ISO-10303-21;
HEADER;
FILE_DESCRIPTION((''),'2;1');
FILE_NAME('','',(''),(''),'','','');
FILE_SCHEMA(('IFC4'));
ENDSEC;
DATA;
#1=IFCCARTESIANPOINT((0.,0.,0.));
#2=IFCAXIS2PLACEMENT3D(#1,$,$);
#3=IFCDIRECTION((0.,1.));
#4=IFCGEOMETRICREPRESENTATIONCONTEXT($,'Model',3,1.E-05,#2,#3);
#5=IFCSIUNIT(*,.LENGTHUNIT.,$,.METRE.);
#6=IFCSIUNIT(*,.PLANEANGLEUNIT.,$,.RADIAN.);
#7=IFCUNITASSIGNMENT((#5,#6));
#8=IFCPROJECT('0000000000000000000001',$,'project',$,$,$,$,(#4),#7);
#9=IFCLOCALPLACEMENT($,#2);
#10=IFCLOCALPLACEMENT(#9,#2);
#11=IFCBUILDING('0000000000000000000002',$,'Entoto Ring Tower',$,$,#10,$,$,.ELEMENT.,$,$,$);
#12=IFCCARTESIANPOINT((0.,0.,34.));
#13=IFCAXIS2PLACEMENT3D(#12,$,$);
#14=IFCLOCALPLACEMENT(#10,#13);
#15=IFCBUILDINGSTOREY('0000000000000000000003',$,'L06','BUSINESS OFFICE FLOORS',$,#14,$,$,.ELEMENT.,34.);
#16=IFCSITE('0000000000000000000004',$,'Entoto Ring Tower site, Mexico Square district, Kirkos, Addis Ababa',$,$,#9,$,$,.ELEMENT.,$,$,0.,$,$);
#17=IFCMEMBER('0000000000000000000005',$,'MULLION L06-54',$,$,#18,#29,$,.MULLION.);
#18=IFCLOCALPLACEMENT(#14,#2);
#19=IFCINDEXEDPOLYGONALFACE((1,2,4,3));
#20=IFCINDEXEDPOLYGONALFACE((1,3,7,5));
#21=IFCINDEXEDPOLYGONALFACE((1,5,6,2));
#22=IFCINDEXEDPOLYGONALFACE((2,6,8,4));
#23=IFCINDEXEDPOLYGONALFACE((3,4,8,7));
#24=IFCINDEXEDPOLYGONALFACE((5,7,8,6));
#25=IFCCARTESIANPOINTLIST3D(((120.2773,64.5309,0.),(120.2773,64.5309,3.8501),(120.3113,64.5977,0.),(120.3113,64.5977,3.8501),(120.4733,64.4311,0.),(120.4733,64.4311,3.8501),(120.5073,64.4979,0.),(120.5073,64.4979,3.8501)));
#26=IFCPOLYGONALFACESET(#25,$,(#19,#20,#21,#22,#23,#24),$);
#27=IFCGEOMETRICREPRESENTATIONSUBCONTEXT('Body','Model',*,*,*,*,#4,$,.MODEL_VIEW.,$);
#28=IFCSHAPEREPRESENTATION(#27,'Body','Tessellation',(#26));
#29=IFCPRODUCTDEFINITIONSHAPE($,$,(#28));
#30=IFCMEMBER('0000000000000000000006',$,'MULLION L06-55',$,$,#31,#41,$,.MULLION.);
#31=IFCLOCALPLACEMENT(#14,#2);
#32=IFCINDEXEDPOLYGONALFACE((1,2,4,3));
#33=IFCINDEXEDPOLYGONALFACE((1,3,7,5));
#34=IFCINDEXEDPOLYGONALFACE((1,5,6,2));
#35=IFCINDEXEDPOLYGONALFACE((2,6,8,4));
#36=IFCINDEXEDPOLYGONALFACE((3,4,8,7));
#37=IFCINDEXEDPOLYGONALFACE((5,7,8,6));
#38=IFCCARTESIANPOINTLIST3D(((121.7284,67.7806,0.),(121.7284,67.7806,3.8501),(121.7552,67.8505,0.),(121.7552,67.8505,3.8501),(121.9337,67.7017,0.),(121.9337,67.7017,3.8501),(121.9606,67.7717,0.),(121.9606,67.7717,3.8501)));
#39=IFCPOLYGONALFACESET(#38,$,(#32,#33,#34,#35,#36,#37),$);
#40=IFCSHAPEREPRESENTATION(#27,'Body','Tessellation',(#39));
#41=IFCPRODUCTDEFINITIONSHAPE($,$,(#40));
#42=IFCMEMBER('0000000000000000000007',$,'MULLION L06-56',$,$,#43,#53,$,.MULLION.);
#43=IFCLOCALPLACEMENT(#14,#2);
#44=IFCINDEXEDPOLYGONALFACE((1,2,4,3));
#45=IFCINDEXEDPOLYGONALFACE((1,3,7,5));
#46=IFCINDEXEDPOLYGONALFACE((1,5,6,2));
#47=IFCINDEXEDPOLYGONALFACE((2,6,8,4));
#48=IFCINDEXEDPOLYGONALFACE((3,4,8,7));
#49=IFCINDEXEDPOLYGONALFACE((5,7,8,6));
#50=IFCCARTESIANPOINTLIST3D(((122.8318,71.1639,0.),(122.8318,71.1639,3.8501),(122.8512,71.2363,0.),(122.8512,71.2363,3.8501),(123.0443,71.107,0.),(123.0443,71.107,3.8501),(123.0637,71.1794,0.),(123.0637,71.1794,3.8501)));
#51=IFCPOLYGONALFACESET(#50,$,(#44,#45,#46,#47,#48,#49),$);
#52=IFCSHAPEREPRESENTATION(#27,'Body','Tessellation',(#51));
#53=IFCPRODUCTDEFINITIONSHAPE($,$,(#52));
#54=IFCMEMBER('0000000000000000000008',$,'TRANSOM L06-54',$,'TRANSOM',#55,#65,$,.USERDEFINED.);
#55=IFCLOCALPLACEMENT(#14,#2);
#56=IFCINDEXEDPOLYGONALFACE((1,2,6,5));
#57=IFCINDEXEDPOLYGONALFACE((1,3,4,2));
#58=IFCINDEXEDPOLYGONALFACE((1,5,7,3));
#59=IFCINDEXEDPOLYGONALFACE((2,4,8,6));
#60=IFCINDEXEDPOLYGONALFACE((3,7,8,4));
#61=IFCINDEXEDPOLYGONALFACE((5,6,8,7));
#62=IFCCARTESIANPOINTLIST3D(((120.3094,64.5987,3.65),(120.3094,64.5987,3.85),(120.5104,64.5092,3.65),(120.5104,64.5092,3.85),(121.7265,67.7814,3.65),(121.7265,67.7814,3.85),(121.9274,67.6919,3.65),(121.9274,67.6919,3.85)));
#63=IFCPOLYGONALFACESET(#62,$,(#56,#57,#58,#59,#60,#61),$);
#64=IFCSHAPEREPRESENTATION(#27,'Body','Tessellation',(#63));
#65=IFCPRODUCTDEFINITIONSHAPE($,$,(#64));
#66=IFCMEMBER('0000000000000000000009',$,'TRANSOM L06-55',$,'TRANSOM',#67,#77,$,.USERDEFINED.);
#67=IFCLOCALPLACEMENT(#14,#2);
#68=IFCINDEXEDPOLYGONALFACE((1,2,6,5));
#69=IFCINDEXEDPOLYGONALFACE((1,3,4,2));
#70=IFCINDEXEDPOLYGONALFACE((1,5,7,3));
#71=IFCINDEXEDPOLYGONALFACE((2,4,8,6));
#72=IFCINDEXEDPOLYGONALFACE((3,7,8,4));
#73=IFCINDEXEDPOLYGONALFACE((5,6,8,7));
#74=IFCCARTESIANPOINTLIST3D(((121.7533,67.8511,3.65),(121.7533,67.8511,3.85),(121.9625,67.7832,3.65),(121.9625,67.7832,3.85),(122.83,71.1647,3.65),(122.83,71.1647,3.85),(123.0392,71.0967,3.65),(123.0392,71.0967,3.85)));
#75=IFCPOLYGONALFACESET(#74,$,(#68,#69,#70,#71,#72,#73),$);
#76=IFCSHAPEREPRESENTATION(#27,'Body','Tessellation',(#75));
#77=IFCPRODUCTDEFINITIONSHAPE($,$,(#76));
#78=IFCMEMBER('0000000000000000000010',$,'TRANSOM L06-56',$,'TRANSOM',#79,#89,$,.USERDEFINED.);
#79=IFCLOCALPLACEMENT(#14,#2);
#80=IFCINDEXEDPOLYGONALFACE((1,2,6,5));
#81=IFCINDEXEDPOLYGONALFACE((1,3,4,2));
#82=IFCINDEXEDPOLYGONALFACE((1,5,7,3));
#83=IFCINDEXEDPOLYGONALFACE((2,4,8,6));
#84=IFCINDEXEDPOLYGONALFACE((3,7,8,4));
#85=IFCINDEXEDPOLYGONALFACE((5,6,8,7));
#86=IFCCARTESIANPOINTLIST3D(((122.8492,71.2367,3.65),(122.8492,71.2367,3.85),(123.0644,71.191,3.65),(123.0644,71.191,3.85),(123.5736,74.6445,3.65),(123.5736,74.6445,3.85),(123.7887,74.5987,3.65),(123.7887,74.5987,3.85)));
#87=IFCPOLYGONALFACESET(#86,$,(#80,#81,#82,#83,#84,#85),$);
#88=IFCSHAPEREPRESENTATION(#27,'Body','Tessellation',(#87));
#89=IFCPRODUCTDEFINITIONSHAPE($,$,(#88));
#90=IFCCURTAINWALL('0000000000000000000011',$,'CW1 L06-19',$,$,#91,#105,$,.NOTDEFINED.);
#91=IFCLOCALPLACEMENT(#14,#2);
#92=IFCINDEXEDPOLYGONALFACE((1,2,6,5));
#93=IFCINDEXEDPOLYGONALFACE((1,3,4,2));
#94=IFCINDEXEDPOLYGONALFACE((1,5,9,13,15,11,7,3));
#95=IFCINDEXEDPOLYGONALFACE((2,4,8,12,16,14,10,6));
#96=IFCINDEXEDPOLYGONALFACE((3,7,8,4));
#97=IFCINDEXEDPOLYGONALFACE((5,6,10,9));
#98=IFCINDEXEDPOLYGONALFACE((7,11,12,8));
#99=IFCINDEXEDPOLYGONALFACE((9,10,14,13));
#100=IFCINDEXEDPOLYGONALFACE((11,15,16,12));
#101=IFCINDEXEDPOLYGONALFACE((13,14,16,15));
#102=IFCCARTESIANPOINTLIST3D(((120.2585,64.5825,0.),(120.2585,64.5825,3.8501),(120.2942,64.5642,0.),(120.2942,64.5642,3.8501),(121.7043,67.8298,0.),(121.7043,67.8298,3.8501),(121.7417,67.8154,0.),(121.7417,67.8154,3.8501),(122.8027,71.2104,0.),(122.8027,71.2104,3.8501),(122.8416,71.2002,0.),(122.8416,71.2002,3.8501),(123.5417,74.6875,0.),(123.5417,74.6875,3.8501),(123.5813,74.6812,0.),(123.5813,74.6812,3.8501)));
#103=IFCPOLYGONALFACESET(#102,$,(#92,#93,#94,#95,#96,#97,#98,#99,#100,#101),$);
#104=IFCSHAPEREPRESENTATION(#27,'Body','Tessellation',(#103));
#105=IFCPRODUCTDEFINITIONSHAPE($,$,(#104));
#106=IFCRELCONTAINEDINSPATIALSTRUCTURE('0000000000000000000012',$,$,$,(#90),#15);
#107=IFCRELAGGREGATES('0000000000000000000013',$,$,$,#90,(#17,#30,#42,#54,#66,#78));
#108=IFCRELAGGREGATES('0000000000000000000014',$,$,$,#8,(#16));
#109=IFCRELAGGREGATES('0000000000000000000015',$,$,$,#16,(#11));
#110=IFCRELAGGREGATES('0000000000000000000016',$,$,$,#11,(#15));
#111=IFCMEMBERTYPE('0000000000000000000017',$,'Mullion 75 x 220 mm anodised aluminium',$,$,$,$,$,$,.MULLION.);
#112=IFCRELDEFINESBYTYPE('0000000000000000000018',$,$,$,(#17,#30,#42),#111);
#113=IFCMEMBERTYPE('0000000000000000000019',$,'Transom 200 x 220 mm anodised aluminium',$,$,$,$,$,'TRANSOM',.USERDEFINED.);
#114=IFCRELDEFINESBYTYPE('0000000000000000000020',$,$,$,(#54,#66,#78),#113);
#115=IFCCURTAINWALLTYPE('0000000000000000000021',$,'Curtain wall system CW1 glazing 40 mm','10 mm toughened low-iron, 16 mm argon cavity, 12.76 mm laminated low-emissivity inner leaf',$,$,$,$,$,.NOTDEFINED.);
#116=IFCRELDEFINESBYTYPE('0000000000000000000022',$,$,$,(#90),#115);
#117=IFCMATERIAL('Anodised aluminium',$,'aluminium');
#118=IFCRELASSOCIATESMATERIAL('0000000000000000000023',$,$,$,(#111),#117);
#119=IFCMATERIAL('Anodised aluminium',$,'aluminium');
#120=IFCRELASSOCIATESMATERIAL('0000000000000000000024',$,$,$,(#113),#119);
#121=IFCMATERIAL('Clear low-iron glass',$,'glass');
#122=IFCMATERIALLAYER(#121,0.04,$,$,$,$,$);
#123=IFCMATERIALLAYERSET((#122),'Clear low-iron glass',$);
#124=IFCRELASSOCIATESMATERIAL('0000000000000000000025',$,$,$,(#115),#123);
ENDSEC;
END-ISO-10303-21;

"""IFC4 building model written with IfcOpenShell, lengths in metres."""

from ifc_helpers import new_model, si_unit, direction, frame, origin, origin_2d, place, context, subcontext, project, spatial, polyline, rectangle, outline, extrude, material, layer, layer_set, material_profile, profile_set, type_object, element, aggregate, save


model = new_model("IFC4")

# Units and contexts
model_context = context("Model", 3, precision=1e-05, world=origin(), true_north=direction((0.0, 1.0)))
body_context = subcontext(model_context, "Body", "Model", "MODEL_VIEW")
ifc_project = project(units=[si_unit("LENGTHUNIT", "METRE"), si_unit("PLANEANGLEUNIT", "RADIAN")], contexts=[model_context])

# Members
ifc_material_1 = material(Name="Anodised aluminium", Category="aluminium")
ifc_material_profile_1 = material_profile(ifc_material_1, rectangle(XDim=0.075, YDim=0.22, at=origin_2d()), Name="Mullion 75 x 220 mm anodised aluminium")
ifc_profile_set_1 = profile_set([ifc_material_profile_1], Name="Anodised aluminium")
member_type_1 = type_object("IfcMemberType", Name="Mullion 75 x 220 mm anodised aluminium", PredefinedType="MULLION", material=ifc_profile_set_1)
site_placement = place(None, origin())
building_placement = place(site_placement, origin())
storey_placement = place(building_placement, frame((0.0, 0.0, 34.0)))
member_1_placement = place(storey_placement, frame((120.3923, 64.5144, 0.0), z_axis=(0.0, 0.0, 1.0), x_axis=(0.45399, 0.891007, 0.0)))
member_1 = element("IfcMember", 1, at=member_1_placement, type_object=member_type_1, Name="MULLION L06-54", PredefinedType="MULLION", context=body_context, shape_type="SweptSolid", body=[
    extrude(rectangle(XDim=0.075, YDim=0.22, at=origin_2d()), origin(), (0.0, 0.0, 1.0), 3.8501),
])
member_2_placement = place(storey_placement, frame((121.8445, 67.7761, 0.0), z_axis=(0.0, 0.0, 1.0), x_axis=(0.358368, 0.93358, 0.0)))
member_2 = element("IfcMember", 2, at=member_2_placement, type_object=member_type_1, Name="MULLION L06-55", PredefinedType="MULLION", context=body_context, shape_type="SweptSolid", body=[
    extrude(rectangle(XDim=0.075, YDim=0.22, at=origin_2d()), origin(), (0.0, 0.0, 1.0), 3.8501),
])
member_3_placement = place(storey_placement, frame((122.9478, 71.1716, 0.0), z_axis=(0.0, 0.0, 1.0), x_axis=(0.258819, 0.965926, 0.0)))
member_3 = element("IfcMember", 3, at=member_3_placement, type_object=member_type_1, Name="MULLION L06-56", PredefinedType="MULLION", context=body_context, shape_type="SweptSolid", body=[
    extrude(rectangle(XDim=0.075, YDim=0.22, at=origin_2d()), origin(), (0.0, 0.0, 1.0), 3.8501),
])
ifc_material_2 = material(Name="Anodised aluminium", Category="aluminium")
ifc_material_profile_2 = material_profile(ifc_material_2, rectangle(XDim=0.22, YDim=0.2, at=origin_2d()), Name="Transom 200 x 220 mm anodised aluminium")
ifc_profile_set_2 = profile_set([ifc_material_profile_2], Name="Anodised aluminium")
member_type_2 = type_object("IfcMemberType", Name="Transom 200 x 220 mm anodised aluminium", ElementType="TRANSOM", PredefinedType="USERDEFINED", material=ifc_profile_set_2)
member_4_placement = place(storey_placement, frame((120.4099, 64.554, 3.75), z_axis=(0.406737, 0.913545, 0.0), x_axis=(-0.913545, 0.406737, 0.0)))
member_4 = element("IfcMember", 4, at=member_4_placement, type_object=member_type_2, Name="TRANSOM L06-54", ObjectType="TRANSOM", PredefinedType="USERDEFINED", context=body_context, shape_type="SweptSolid", body=[
    extrude(rectangle(XDim=0.22, YDim=0.2, at=origin_2d()), origin(), (0.0, 0.0, 1.0), 3.4839),
])
member_5_placement = place(storey_placement, frame((121.8579, 67.8171, 3.75), z_axis=(0.309029, 0.951053, 0.0), x_axis=(-0.951053, 0.309029, 0.0)))
member_5 = element("IfcMember", 5, at=member_5_placement, type_object=member_type_2, Name="TRANSOM L06-55", ObjectType="TRANSOM", PredefinedType="USERDEFINED", context=body_context, shape_type="SweptSolid", body=[
    extrude(rectangle(XDim=0.22, YDim=0.2, at=origin_2d()), origin(), (0.0, 0.0, 1.0), 3.4841),
])
member_6_placement = place(storey_placement, frame((122.9568, 71.2139, 3.75), z_axis=(0.207921, 0.978146, 0.0), x_axis=(-0.978146, 0.207921, 0.0)))
member_6 = element("IfcMember", 6, at=member_6_placement, type_object=member_type_2, Name="TRANSOM L06-56", ObjectType="TRANSOM", PredefinedType="USERDEFINED", context=body_context, shape_type="SweptSolid", body=[
    extrude(rectangle(XDim=0.22, YDim=0.2, at=origin_2d()), origin(), (0.0, 0.0, 1.0), 3.4839),
])

# Site, building, storey
site = spatial("IfcSite", under=ifc_project, at=site_placement, Name="Entoto Ring Tower site, Mexico Square district, Kirkos, Addis Ababa", CompositionType="ELEMENT", RefElevation=0.0)
building = spatial("IfcBuilding", under=site, at=building_placement, Name="Entoto Ring Tower", CompositionType="ELEMENT")
storey = spatial("IfcBuildingStorey", under=building, at=storey_placement, Name="L06", Description="BUSINESS OFFICE FLOORS", CompositionType="ELEMENT", Elevation=34.0)

# Curtain wall
ifc_material_3 = material(Name="Clear low-iron glass", Category="glass")
ifc_layer = layer(ifc_material_3, 0.04)
ifc_layer_set = layer_set([ifc_layer], Name="Clear low-iron glass")
curtain_wall_type = type_object("IfcCurtainWallType", Name="Curtain wall system CW1 glazing 40 mm", Description="10 mm toughened low-iron, 16 mm argon cavity, 12.76 mm laminated low-emissivity inner leaf", PredefinedType="NOTDEFINED", material=ifc_layer_set)
curtain_wall_1_placement = place(storey_placement, origin())
curtain_wall_1 = element("IfcCurtainWall", 7, at=curtain_wall_1_placement, inside=storey, type_object=curtain_wall_type, Name="CW1 L06-19", PredefinedType="NOTDEFINED", context=body_context, shape_type="SweptSolid", body=[
    extrude(outline(polyline([(120.2942, 64.5642), (121.7417, 67.8154), (122.8416, 71.2002), (123.5813, 74.6812), (123.5417, 74.6875), (122.8027, 71.2104), (121.7043, 67.8298), (120.2585, 64.5825), (120.2942, 64.5642)])), origin(), (0.0, 0.0, 1.0), 3.8501),
])
aggregate(curtain_wall_1, [member_1, member_2, member_3, member_4, member_5, member_6])

save(model, "model.ifc")
